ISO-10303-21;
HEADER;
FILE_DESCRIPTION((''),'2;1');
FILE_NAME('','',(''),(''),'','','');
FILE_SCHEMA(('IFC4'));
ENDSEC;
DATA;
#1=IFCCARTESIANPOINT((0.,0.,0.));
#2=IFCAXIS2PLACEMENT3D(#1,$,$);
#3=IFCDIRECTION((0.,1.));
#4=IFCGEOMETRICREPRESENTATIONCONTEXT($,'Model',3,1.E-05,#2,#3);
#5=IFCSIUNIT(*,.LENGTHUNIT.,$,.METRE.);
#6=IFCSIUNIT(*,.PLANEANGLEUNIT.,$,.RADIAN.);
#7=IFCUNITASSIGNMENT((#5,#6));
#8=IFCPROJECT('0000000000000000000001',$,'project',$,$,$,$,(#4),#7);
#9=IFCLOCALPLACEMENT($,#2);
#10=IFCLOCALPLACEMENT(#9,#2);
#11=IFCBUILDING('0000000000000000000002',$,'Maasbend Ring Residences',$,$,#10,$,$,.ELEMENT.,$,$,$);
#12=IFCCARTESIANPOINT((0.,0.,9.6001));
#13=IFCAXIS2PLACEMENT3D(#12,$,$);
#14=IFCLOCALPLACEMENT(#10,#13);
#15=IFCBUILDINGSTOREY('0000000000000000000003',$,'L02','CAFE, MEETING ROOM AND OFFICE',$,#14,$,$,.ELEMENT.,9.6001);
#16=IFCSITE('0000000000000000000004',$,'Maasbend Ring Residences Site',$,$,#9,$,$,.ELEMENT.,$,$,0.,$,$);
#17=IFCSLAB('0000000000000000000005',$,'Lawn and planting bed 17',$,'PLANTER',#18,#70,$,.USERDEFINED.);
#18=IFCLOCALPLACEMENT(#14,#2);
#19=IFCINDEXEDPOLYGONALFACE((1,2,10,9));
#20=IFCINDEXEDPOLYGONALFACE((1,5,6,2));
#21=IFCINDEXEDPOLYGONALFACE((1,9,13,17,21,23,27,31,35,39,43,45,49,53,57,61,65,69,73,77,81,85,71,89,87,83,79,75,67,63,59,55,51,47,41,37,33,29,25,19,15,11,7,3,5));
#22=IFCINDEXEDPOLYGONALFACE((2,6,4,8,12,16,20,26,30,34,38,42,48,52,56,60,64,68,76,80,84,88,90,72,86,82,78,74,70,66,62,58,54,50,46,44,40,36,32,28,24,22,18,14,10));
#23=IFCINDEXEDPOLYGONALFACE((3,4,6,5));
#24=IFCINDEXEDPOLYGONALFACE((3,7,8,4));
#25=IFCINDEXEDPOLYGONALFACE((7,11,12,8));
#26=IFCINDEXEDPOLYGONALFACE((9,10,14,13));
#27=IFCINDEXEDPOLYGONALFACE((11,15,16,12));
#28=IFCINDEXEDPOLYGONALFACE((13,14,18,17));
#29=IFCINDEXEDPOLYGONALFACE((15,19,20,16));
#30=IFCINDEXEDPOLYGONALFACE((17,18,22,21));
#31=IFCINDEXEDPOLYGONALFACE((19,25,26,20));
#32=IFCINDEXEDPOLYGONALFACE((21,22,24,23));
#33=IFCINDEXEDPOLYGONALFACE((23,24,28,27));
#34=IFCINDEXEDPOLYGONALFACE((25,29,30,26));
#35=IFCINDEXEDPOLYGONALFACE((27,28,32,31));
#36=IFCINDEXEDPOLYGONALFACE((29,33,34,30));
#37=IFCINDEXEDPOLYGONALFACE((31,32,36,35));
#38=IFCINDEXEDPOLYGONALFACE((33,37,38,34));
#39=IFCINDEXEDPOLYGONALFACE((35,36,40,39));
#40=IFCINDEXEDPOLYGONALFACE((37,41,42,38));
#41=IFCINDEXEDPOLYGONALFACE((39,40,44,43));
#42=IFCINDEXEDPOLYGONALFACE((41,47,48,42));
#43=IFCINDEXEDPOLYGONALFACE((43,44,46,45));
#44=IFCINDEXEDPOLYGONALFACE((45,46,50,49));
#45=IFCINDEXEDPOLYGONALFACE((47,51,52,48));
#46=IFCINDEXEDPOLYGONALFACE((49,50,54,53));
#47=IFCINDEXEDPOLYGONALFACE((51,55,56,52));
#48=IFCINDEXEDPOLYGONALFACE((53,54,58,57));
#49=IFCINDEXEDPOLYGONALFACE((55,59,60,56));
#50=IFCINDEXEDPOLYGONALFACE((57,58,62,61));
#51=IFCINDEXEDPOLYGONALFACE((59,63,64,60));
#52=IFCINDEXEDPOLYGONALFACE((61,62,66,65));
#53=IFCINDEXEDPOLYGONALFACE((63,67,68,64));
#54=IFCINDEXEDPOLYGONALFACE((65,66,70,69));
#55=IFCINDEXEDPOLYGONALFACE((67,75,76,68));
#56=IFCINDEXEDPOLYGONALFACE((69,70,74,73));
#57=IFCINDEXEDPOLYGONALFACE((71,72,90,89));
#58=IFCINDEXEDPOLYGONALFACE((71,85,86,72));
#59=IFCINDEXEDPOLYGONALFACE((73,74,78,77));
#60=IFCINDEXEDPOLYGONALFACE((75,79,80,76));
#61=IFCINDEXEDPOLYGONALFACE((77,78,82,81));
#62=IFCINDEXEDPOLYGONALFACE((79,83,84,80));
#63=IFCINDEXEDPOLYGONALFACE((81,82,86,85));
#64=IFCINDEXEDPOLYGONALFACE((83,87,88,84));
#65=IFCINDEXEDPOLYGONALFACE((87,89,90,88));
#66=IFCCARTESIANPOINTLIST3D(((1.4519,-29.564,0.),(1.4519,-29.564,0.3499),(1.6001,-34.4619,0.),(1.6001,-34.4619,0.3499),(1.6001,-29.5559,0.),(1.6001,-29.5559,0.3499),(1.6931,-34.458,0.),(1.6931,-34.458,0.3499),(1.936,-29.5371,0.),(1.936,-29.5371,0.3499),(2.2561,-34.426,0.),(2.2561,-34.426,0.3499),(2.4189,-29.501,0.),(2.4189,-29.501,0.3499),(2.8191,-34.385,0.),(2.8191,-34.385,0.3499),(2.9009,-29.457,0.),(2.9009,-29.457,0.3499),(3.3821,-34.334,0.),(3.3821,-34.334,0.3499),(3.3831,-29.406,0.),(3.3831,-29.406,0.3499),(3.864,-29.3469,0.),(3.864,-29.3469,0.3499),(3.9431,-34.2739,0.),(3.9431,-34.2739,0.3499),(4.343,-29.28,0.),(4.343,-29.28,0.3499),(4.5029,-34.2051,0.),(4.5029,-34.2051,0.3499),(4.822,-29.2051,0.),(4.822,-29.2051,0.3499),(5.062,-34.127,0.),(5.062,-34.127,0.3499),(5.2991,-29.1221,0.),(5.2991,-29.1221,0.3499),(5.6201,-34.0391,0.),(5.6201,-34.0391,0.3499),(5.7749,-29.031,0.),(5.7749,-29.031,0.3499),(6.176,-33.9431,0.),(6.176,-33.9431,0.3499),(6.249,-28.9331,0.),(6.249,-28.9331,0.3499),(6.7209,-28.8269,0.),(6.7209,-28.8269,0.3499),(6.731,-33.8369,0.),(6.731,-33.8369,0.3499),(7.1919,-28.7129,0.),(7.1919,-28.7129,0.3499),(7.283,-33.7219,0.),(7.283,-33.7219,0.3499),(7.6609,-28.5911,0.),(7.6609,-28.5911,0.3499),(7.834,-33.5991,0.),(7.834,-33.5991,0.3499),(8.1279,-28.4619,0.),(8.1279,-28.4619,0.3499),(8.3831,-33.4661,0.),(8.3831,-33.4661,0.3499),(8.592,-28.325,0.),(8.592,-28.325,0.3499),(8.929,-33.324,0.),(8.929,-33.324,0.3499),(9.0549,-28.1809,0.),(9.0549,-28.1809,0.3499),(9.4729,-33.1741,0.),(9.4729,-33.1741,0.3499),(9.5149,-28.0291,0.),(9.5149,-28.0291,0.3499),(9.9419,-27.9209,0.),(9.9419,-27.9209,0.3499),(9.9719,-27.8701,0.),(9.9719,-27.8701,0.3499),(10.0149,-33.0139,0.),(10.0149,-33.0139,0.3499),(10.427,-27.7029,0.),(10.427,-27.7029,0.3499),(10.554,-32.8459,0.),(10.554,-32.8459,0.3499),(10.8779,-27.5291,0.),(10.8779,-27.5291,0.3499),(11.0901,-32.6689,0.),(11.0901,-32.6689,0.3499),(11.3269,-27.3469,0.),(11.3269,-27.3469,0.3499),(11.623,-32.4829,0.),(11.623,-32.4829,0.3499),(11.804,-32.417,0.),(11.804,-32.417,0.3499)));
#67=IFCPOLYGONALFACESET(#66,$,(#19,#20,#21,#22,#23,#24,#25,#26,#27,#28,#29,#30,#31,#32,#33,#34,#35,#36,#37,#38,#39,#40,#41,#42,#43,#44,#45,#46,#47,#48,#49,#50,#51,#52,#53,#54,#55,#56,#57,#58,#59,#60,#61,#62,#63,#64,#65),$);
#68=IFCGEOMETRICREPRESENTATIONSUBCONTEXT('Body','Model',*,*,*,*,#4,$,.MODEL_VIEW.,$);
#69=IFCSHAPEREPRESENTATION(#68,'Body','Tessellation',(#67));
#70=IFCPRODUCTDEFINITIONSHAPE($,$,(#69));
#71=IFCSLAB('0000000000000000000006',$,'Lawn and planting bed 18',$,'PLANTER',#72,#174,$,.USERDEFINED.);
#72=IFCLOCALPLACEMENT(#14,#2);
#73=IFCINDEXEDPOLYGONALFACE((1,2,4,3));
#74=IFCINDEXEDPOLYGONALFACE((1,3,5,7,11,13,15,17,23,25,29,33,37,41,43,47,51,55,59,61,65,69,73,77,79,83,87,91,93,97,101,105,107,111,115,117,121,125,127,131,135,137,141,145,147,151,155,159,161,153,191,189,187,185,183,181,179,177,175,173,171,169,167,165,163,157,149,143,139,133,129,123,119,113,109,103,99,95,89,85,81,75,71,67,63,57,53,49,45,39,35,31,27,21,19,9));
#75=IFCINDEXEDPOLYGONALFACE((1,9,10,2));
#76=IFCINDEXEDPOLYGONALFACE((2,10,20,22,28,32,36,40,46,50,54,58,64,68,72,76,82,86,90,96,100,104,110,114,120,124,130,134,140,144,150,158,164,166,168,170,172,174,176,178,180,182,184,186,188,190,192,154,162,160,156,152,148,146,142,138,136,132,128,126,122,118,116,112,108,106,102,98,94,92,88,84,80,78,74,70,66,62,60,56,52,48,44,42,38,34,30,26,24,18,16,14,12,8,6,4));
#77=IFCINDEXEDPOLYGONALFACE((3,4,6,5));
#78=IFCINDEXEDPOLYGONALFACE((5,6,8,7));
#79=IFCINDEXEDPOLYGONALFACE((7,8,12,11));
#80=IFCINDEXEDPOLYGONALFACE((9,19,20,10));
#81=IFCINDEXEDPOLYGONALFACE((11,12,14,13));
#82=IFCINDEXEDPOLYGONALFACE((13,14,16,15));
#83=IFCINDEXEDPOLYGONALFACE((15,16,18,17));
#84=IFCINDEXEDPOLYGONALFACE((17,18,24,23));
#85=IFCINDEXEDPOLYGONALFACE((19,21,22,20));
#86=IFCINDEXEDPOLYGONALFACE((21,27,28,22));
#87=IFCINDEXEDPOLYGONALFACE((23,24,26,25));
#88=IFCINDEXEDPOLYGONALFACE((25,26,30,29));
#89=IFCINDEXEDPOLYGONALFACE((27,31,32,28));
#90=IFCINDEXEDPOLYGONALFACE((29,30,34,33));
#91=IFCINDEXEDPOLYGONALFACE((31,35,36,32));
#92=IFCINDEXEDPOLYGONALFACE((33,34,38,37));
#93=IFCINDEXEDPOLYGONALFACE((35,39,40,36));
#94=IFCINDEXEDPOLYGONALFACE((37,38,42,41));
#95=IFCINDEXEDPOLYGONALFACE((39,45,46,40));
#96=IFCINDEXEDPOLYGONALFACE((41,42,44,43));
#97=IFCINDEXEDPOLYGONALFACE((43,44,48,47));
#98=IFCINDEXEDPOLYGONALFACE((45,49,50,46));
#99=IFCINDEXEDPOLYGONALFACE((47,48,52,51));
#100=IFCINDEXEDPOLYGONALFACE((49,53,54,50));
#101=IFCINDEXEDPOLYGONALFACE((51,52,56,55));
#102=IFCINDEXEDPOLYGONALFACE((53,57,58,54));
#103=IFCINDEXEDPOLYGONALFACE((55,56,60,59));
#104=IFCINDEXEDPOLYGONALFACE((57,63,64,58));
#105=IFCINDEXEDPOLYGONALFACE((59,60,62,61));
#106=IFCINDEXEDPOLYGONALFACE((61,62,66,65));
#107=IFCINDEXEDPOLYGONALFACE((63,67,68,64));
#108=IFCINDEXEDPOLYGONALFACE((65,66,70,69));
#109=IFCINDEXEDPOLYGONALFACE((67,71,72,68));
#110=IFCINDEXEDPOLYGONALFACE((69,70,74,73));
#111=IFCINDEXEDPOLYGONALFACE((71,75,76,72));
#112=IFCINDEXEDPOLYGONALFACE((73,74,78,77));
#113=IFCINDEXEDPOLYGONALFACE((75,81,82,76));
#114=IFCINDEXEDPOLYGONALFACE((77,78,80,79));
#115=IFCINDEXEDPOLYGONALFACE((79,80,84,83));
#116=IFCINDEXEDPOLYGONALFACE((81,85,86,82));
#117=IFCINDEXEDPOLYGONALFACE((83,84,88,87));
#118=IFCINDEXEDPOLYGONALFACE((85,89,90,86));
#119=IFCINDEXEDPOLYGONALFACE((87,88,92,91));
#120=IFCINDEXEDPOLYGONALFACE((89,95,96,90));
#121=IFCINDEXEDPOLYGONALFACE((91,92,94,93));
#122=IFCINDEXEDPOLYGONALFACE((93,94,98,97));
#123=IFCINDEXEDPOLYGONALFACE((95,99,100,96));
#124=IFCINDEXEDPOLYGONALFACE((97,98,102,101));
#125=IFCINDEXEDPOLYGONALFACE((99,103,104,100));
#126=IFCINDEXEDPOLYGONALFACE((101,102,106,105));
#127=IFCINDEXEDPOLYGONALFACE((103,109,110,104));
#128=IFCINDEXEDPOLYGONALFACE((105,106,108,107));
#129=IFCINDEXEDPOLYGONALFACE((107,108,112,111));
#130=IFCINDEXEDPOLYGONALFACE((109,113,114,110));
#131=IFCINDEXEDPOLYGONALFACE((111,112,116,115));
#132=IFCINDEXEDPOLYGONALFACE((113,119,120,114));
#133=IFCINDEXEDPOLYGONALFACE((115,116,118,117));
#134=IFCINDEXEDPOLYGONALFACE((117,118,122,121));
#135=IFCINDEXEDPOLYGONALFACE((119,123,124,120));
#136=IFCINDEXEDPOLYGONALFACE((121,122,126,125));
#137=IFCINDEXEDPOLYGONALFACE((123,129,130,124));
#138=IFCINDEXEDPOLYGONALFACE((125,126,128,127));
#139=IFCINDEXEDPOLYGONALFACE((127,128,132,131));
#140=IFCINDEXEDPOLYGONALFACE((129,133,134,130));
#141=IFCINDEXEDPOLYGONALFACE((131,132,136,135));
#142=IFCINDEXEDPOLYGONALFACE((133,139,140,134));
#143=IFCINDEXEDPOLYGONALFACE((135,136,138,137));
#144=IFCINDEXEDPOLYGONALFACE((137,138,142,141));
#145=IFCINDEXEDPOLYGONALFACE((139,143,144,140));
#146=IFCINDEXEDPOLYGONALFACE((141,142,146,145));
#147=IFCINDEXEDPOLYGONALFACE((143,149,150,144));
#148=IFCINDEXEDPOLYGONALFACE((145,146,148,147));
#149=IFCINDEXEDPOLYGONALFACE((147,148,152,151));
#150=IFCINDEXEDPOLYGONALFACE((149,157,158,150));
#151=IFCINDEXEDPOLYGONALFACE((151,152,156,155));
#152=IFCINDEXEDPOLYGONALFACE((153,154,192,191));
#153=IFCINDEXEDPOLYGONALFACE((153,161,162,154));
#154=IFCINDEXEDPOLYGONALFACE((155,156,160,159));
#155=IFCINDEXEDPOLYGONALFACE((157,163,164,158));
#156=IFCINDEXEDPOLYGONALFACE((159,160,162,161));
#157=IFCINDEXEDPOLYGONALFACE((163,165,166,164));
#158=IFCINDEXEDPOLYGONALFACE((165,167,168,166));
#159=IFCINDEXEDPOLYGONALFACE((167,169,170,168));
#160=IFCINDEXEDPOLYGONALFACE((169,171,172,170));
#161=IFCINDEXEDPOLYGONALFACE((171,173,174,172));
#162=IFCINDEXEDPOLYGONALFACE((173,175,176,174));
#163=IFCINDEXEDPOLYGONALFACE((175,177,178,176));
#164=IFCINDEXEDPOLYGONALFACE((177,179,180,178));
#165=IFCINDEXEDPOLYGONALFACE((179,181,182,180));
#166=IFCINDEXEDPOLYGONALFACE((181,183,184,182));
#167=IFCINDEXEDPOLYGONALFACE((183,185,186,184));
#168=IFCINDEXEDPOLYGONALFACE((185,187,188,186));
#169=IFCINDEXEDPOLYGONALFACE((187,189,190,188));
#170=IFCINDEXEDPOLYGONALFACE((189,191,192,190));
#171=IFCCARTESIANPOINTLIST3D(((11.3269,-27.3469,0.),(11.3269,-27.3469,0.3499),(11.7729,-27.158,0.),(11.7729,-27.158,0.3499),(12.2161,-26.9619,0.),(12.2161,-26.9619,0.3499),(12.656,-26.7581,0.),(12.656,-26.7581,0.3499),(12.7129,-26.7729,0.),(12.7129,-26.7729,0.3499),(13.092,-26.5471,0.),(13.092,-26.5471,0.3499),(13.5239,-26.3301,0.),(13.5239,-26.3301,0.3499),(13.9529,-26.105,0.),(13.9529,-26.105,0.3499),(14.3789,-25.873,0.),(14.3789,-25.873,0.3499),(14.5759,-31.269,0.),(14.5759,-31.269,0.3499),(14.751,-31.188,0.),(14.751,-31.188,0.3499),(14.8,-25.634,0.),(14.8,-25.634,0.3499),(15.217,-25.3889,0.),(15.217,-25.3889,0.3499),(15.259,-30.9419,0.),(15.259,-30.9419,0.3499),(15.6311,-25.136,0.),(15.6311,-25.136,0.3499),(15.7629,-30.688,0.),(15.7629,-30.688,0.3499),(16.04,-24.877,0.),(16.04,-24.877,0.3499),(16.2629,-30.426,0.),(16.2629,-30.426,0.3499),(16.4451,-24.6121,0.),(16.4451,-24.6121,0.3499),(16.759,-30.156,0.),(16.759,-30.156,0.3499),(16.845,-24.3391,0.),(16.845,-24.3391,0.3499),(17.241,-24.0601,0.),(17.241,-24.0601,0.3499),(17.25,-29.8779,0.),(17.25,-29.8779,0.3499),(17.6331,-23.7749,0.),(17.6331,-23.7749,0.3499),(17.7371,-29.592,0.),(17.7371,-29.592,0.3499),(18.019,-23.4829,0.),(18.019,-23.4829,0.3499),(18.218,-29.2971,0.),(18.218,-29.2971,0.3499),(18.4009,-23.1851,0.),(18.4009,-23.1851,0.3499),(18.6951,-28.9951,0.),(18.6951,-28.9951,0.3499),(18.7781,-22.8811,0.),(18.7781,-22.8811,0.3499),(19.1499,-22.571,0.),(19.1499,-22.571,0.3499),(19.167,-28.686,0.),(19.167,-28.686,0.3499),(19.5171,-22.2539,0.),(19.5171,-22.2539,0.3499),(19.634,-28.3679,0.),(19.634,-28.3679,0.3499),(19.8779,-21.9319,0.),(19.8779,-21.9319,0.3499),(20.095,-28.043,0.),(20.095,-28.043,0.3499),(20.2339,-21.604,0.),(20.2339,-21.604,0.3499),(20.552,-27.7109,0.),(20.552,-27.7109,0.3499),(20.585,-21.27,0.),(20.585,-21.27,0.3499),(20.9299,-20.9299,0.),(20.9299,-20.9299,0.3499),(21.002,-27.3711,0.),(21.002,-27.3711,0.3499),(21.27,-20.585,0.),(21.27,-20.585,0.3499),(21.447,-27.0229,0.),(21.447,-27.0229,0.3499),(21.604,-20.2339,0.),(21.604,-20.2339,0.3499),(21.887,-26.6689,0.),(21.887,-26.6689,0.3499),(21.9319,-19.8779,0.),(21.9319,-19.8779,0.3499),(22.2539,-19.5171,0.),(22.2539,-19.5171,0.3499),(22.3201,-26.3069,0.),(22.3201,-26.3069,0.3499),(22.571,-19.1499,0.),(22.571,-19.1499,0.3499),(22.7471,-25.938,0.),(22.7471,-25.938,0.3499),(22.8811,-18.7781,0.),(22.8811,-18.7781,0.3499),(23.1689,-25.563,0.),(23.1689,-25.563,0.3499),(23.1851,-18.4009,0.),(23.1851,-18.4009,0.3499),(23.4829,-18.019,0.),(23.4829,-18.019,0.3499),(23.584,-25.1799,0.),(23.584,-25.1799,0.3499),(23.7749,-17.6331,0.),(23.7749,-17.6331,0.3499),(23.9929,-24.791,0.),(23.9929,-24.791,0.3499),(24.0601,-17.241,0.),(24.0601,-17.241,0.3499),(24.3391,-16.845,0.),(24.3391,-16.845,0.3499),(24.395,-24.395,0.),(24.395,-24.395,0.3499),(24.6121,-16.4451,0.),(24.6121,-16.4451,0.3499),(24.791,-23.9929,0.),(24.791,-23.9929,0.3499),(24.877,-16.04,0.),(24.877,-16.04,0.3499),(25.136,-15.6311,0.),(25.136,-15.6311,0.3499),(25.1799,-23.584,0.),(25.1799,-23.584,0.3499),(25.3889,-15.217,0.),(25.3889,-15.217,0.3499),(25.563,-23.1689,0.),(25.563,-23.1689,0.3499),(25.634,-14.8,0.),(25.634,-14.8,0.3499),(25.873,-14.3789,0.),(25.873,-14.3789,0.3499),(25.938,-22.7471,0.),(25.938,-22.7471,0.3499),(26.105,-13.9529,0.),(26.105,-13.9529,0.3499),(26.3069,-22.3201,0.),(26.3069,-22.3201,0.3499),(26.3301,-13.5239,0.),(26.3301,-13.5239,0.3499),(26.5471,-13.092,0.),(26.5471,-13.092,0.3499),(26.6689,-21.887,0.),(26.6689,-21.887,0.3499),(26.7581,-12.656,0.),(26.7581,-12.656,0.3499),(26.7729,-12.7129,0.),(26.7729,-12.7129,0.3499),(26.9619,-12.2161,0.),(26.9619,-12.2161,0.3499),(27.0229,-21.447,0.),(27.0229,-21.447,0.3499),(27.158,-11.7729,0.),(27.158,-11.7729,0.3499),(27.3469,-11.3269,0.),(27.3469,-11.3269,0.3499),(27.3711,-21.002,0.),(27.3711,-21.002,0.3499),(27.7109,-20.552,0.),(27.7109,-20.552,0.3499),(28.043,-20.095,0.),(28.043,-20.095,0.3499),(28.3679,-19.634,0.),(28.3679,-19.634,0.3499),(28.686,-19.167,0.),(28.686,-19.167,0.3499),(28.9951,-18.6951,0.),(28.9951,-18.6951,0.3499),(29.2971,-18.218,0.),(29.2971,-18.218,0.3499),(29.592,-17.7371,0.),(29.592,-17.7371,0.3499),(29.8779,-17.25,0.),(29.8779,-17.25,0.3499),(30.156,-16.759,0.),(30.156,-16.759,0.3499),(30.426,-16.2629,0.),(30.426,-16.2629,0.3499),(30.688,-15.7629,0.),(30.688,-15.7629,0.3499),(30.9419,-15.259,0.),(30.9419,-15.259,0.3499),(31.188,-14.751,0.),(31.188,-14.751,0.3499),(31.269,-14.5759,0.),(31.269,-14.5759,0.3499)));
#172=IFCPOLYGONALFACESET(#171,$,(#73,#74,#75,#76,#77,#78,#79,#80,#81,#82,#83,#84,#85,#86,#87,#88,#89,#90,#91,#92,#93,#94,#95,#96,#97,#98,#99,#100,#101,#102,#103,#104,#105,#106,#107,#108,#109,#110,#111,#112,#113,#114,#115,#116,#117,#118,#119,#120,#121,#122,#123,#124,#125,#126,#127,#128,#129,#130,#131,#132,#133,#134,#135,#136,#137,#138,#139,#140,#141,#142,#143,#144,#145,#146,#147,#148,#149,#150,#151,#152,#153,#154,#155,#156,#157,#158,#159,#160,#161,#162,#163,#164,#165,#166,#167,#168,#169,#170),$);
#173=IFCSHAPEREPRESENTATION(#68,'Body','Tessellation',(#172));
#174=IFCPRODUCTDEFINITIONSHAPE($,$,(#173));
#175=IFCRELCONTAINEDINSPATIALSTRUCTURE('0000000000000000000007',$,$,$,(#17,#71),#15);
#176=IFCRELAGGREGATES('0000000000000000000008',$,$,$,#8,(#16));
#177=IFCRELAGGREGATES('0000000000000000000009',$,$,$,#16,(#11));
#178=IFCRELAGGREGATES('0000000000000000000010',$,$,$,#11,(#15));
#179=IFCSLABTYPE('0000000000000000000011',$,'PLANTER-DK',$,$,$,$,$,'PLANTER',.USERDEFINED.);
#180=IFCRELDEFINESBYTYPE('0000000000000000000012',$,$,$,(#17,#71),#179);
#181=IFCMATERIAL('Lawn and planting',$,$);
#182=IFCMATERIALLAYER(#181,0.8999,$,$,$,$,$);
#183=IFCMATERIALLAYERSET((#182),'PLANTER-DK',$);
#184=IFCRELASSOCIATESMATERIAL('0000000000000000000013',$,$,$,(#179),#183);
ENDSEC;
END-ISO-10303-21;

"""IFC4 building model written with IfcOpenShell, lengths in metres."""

from ifc_helpers import new_model, si_unit, direction, frame, origin, place, context, subcontext, project, spatial, polyline, outline, extrude, material, layer, layer_set, type_object, element, save


model = new_model("IFC4")

# Units and contexts
model_context = context("Model", 3, precision=1e-05, world=origin(), true_north=direction((0.0, 1.0)))
body_context = subcontext(model_context, "Body", "Model", "MODEL_VIEW")
ifc_project = project(units=[si_unit("LENGTHUNIT", "METRE"), si_unit("PLANEANGLEUNIT", "RADIAN")], contexts=[model_context])

# Site, building, storey
site_placement = place(None, origin())
site = spatial("IfcSite", under=ifc_project, at=site_placement, Name="Maasbend Ring Residences Site", CompositionType="ELEMENT", RefElevation=0.0)
building_placement = place(site_placement, origin())
building = spatial("IfcBuilding", under=site, at=building_placement, Name="Maasbend Ring Residences", CompositionType="ELEMENT")
storey_placement = place(building_placement, frame((0.0, 0.0, 9.6001)))
storey = spatial("IfcBuildingStorey", under=building, at=storey_placement, Name="L02", Description="CAFE, MEETING ROOM AND OFFICE", CompositionType="ELEMENT", Elevation=9.6001)

# Slabs
ifc_material = material(Name="Lawn and planting")
ifc_layer = layer(ifc_material, 0.8999)
ifc_layer_set = layer_set([ifc_layer], Name="PLANTER-DK")
slab_type = type_object("IfcSlabType", Name="PLANTER-DK", ElementType="PLANTER", PredefinedType="USERDEFINED", material=ifc_layer_set)
slab_1_placement = place(storey_placement, origin())
element("IfcSlab", 1, at=slab_1_placement, inside=storey, type_object=slab_type, Name="Lawn and planting bed 17", ObjectType="PLANTER", PredefinedType="USERDEFINED", context=body_context, shape_type="SweptSolid", body=[
    extrude(outline(polyline([(2.4189, -29.501), (2.9009, -29.457), (3.3831, -29.406), (3.864, -29.3469), (4.343, -29.28), (4.822, -29.2051), (5.2991, -29.1221), (5.7749, -29.031), (6.249, -28.9331), (6.7209, -28.8269), (7.1919, -28.7129), (7.6609, -28.5911), (8.1279, -28.4619), (8.592, -28.325), (9.0549, -28.1809), (9.5149, -28.0291), (9.9719, -27.8701), (10.427, -27.7029), (10.8779, -27.5291), (11.3269, -27.3469), (9.9419, -27.9209), (11.804, -32.417), (11.623, -32.4829), (11.0901, -32.6689), (10.554, -32.8459), (10.0149, -33.0139), (9.4729, -33.1741), (8.929, -33.324), (8.3831, -33.4661), (7.834, -33.5991), (7.283, -33.7219), (6.731, -33.8369), (6.176, -33.9431), (5.6201, -34.0391), (5.062, -34.127), (4.5029, -34.2051), (3.9431, -34.2739), (3.3821, -34.334), (2.8191, -34.385), (2.2561, -34.426), (1.6931, -34.458), (1.6001, -34.4619), (1.6001, -29.5559), (1.4519, -29.564), (1.936, -29.5371), (2.4189, -29.501)])), origin(), (0.0, 0.0, 1.0), 0.3499),
])
slab_2_placement = place(storey_placement, origin())
element("IfcSlab", 2, at=slab_2_placement, inside=storey, type_object=slab_type, Name="Lawn and planting bed 18", ObjectType="PLANTER", PredefinedType="USERDEFINED", context=body_context, shape_type="SweptSolid", body=[
    extrude(outline(polyline([(12.2161, -26.9619), (12.656, -26.7581), (13.092, -26.5471), (13.5239, -26.3301), (13.9529, -26.105), (14.3789, -25.873), (14.8, -25.634), (15.217, -25.3889), (15.6311, -25.136), (16.04, -24.877), (16.4451, -24.6121), (16.845, -24.3391), (17.241, -24.0601), (17.6331, -23.7749), (18.019, -23.4829), (18.4009, -23.1851), (18.7781, -22.8811), (19.1499, -22.571), (19.5171, -22.2539), (19.8779, -21.9319), (20.2339, -21.604), (20.585, -21.27), (20.9299, -20.9299), (21.27, -20.585), (21.604, -20.2339), (21.9319, -19.8779), (22.2539, -19.5171), (22.571, -19.1499), (22.8811, -18.7781), (23.1851, -18.4009), (23.4829, -18.019), (23.7749, -17.6331), (24.0601, -17.241), (24.3391, -16.845), (24.6121, -16.4451), (24.877, -16.04), (25.136, -15.6311), (25.3889, -15.217), (25.634, -14.8), (25.873, -14.3789), (26.105, -13.9529), (26.3301, -13.5239), (26.5471, -13.092), (26.7581, -12.656), (26.9619, -12.2161), (27.158, -11.7729), (27.3469, -11.3269), (26.7729, -12.7129), (31.269, -14.5759), (31.188, -14.751), (30.9419, -15.259), (30.688, -15.7629), (30.426, -16.2629), (30.156, -16.759), (29.8779, -17.25), (29.592, -17.7371), (29.2971, -18.218), (28.9951, -18.6951), (28.686, -19.167), (28.3679, -19.634), (28.043, -20.095), (27.7109, -20.552), (27.3711, -21.002), (27.0229, -21.447), (26.6689, -21.887), (26.3069, -22.3201), (25.938, -22.7471), (25.563, -23.1689), (25.1799, -23.584), (24.791, -23.9929), (24.395, -24.395), (23.9929, -24.791), (23.584, -25.1799), (23.1689, -25.563), (22.7471, -25.938), (22.3201, -26.3069), (21.887, -26.6689), (21.447, -27.0229), (21.002, -27.3711), (20.552, -27.7109), (20.095, -28.043), (19.634, -28.3679), (19.167, -28.686), (18.6951, -28.9951), (18.218, -29.2971), (17.7371, -29.592), (17.25, -29.8779), (16.759, -30.156), (16.2629, -30.426), (15.7629, -30.688), (15.259, -30.9419), (14.751, -31.188), (14.5759, -31.269), (12.7129, -26.7729), (11.3269, -27.3469), (11.7729, -27.158), (12.2161, -26.9619)])), origin(), (0.0, 0.0, 1.0), 0.3499),
])

save(model, "model.ifc")
